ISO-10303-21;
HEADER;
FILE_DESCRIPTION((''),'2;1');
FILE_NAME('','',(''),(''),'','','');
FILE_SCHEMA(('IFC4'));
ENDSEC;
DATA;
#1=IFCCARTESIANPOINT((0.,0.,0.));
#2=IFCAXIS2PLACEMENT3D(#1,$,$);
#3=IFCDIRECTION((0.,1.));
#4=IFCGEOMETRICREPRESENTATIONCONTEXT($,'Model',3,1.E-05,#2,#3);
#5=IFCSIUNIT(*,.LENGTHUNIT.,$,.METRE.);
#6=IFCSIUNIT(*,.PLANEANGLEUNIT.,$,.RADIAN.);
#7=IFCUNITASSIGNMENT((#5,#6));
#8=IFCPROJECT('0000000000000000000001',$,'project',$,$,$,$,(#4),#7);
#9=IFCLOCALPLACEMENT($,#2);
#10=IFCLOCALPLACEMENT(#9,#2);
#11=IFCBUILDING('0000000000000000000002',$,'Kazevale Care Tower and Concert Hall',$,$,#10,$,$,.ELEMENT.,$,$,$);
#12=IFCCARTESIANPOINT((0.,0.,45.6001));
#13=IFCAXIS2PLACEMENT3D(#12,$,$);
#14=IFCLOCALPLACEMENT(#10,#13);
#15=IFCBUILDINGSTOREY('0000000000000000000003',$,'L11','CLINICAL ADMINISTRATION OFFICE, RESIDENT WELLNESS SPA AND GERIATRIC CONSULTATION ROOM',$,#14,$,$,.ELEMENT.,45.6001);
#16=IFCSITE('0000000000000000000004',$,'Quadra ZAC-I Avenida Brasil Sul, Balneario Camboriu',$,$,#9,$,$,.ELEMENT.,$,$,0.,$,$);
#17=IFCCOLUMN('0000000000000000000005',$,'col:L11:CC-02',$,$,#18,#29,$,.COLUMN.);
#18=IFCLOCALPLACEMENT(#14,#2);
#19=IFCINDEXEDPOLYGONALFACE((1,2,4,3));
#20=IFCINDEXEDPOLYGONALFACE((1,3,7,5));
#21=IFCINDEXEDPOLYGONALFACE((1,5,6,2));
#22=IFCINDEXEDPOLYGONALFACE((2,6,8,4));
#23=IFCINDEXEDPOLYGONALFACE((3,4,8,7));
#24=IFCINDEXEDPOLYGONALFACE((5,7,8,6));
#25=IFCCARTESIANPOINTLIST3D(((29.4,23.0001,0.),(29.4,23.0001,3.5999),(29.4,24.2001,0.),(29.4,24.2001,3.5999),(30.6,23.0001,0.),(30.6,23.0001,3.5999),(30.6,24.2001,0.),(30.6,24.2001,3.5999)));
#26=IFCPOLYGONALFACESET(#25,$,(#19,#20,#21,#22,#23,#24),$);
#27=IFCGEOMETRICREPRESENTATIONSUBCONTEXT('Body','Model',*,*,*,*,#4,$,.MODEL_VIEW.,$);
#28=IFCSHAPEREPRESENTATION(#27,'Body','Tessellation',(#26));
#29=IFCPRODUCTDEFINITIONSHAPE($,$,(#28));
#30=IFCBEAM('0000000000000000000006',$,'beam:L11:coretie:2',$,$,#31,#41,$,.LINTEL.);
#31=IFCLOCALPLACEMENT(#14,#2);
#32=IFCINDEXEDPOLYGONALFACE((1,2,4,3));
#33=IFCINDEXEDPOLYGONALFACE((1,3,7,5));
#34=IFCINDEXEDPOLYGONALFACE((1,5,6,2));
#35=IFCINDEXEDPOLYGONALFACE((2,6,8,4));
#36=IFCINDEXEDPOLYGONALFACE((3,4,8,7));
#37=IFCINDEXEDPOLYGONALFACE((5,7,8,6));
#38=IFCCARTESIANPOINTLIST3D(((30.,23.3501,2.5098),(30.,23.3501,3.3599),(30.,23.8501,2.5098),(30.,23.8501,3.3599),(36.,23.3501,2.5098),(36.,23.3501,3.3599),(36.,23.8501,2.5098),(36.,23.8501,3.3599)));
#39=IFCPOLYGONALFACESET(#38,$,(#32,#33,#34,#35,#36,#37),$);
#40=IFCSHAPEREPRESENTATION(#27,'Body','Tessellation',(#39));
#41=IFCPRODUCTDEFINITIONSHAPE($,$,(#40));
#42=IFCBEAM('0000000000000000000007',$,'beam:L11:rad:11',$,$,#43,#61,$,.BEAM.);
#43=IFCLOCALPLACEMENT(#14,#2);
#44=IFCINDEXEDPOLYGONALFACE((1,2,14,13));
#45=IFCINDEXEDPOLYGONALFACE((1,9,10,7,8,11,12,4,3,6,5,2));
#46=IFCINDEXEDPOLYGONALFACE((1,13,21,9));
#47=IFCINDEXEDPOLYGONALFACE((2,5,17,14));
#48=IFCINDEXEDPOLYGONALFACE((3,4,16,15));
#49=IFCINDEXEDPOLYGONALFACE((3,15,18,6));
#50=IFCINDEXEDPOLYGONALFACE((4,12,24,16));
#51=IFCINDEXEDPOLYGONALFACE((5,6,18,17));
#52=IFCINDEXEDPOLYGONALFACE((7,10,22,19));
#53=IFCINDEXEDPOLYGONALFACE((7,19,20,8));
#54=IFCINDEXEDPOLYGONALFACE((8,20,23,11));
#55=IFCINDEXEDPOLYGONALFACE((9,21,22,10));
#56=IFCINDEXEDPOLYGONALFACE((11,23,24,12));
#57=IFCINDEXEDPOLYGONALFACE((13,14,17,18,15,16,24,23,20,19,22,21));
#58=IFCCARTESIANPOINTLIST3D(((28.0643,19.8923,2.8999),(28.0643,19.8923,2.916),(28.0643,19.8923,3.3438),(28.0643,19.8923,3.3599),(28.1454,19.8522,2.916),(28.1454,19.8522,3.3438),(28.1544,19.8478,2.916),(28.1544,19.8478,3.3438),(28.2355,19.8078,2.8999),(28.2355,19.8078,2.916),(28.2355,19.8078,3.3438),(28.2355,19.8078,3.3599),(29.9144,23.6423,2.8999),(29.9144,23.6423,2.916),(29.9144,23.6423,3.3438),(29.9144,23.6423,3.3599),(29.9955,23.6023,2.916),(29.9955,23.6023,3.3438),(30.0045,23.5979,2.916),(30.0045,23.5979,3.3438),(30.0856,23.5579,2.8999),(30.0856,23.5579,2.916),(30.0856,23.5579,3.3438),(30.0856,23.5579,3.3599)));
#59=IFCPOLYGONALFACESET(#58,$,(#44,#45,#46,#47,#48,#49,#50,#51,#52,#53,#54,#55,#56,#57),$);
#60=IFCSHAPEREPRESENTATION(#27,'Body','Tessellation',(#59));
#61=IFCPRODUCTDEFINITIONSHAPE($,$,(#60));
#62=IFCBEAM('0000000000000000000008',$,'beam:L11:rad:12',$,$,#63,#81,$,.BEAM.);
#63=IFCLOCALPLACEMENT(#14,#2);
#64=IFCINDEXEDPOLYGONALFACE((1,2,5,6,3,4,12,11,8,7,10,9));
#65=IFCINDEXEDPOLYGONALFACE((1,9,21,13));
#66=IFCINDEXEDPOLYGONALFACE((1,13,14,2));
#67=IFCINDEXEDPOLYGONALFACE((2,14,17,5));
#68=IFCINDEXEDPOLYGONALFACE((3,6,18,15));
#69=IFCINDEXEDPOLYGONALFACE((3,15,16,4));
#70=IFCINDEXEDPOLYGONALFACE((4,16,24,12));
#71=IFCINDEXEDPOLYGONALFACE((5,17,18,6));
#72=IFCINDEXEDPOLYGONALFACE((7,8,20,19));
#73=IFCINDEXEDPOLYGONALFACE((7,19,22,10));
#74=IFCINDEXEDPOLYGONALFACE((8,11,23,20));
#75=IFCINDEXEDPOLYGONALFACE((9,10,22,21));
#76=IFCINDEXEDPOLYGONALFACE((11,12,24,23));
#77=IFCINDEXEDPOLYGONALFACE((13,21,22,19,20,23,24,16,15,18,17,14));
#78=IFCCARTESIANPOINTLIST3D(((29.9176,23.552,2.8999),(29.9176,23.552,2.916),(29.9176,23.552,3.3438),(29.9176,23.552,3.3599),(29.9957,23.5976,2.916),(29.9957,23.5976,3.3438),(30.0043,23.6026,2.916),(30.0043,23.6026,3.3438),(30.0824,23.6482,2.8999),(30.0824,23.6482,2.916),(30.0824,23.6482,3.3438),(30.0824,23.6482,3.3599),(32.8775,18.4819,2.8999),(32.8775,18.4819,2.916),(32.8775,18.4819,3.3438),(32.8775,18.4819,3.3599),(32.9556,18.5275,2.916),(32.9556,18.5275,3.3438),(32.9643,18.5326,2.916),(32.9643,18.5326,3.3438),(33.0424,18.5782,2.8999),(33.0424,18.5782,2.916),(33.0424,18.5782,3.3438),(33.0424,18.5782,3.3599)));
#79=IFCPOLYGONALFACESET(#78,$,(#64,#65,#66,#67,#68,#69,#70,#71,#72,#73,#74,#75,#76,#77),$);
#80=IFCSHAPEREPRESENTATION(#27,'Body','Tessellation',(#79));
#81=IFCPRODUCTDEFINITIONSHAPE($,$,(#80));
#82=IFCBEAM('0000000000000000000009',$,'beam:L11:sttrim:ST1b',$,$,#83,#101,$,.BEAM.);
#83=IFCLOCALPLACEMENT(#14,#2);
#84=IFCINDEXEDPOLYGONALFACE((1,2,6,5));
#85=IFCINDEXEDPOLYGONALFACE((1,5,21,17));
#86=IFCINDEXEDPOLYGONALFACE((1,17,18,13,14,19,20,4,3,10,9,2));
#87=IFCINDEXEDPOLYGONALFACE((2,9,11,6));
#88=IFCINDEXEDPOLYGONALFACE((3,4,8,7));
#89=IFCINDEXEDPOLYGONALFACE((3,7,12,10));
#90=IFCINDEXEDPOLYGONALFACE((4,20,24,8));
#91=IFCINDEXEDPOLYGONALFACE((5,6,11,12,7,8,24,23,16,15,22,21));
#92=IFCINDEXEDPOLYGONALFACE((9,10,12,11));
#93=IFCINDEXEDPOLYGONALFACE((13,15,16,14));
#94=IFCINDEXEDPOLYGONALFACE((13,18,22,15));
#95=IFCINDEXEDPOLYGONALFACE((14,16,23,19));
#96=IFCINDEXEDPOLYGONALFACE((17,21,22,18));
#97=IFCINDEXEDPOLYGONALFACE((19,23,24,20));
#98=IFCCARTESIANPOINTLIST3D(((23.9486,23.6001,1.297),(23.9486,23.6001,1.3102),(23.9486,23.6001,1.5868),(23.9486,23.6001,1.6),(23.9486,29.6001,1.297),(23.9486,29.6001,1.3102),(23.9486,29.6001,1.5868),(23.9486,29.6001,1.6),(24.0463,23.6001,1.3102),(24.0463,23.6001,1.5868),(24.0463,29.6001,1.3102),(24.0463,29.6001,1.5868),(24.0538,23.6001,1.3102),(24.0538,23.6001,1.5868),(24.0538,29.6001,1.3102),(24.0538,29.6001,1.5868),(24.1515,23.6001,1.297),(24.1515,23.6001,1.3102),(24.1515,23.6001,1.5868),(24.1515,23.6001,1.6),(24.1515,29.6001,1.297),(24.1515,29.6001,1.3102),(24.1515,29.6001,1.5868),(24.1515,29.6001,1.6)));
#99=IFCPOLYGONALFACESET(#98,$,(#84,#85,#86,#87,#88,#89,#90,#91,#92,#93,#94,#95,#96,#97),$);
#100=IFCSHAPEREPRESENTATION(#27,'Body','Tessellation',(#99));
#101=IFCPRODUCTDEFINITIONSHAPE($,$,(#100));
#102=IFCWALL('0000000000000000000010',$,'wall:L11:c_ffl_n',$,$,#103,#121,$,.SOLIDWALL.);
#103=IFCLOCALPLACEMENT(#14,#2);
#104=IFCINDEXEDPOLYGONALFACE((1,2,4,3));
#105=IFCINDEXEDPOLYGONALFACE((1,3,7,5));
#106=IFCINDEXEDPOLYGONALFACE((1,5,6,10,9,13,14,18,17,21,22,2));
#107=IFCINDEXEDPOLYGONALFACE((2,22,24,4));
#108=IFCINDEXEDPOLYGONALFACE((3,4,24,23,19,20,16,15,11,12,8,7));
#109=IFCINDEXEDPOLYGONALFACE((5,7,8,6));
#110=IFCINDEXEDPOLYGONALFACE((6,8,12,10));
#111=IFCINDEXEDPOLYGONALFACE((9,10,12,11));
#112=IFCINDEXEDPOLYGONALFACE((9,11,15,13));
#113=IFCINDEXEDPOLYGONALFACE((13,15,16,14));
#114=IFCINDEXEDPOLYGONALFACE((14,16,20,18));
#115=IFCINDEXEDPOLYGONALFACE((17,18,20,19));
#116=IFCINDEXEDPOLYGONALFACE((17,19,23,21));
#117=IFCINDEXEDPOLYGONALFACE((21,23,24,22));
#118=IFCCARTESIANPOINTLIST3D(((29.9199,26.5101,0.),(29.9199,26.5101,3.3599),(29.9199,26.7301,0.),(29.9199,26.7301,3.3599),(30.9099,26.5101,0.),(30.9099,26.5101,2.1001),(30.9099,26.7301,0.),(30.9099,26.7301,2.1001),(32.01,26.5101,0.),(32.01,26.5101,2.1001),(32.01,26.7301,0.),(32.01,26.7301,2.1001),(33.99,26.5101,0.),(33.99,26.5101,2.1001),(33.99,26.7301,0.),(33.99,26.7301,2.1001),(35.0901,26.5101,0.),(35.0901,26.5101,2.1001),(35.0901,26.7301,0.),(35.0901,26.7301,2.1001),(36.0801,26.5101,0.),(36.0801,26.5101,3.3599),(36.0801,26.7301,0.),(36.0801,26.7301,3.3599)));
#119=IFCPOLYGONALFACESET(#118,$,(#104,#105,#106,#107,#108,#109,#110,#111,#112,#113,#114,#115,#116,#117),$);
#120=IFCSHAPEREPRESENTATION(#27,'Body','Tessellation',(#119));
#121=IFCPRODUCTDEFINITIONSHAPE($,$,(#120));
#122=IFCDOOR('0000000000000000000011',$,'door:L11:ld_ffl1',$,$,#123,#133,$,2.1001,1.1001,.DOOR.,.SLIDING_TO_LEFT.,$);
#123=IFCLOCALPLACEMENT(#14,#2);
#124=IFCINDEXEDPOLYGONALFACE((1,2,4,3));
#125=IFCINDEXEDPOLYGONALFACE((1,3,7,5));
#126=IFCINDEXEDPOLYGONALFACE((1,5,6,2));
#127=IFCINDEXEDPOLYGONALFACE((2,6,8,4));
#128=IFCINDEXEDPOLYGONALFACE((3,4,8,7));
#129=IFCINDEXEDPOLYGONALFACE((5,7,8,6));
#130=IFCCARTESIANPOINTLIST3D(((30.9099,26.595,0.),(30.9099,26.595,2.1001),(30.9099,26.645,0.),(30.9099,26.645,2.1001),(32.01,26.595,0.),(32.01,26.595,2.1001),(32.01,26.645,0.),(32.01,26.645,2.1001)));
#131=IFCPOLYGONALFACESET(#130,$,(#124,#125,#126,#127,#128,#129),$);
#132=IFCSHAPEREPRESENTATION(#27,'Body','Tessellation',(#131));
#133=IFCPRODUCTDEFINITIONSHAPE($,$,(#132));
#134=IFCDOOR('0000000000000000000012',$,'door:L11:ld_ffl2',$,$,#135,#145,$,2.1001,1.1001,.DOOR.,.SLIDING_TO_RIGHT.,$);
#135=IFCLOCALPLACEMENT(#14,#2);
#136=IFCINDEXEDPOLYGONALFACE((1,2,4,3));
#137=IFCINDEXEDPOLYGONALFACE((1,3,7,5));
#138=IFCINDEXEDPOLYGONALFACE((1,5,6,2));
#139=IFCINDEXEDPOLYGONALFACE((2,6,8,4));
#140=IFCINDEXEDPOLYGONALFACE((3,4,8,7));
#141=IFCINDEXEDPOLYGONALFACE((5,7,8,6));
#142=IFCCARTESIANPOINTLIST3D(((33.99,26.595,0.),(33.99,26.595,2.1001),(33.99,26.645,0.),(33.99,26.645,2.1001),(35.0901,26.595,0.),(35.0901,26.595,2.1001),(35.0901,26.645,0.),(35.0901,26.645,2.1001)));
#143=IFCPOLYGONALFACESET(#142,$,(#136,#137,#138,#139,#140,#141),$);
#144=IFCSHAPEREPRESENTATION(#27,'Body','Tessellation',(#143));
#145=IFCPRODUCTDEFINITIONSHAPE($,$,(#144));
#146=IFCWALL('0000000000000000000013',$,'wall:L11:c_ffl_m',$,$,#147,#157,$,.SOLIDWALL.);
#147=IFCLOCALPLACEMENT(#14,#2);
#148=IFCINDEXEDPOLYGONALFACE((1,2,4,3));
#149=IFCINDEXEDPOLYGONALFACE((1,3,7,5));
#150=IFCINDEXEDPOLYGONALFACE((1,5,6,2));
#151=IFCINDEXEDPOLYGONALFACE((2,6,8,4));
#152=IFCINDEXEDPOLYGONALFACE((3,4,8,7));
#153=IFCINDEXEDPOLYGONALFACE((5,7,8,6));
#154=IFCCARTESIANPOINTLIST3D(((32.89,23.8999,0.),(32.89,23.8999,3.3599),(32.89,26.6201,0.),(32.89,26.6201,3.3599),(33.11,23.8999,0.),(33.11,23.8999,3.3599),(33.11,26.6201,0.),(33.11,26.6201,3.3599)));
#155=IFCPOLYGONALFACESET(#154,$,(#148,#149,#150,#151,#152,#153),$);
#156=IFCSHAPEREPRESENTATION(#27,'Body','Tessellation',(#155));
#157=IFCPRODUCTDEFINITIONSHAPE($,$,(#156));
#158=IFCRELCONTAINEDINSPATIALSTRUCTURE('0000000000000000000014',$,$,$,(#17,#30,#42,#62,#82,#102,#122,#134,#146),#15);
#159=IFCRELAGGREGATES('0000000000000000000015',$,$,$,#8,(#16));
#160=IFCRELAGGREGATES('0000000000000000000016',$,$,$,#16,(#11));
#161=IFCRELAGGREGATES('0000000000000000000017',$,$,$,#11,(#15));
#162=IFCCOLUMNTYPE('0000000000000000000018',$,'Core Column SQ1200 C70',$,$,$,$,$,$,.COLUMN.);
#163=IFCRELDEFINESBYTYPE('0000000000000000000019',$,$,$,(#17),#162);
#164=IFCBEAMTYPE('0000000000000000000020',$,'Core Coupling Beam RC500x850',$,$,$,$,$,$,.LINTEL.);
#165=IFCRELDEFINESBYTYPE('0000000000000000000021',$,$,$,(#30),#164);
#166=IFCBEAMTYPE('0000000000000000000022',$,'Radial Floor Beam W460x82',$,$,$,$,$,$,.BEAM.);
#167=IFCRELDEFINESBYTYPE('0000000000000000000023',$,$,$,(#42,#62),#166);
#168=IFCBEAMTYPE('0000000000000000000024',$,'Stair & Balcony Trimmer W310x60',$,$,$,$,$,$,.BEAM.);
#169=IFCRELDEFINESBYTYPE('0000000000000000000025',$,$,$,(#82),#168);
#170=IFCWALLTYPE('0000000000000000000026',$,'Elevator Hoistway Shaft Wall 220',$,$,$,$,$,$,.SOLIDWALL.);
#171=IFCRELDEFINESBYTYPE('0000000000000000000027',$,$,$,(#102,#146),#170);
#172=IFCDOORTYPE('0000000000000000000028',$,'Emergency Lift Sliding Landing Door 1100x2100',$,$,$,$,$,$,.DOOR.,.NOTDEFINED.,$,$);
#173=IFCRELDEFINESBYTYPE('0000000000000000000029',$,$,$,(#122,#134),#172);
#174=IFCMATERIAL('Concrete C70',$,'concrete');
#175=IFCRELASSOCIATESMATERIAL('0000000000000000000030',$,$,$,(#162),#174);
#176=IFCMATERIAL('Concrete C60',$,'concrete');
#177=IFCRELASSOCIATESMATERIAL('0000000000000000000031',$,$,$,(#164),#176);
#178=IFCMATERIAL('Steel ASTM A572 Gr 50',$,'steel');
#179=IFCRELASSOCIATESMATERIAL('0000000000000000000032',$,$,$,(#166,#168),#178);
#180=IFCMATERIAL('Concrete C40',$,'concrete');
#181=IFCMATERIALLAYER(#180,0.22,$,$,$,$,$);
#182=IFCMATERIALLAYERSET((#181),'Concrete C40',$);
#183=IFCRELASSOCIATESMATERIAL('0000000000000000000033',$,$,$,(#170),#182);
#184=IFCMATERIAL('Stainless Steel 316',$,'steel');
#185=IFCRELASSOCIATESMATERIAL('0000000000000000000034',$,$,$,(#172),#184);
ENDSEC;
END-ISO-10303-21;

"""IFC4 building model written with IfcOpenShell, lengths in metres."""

from ifc_helpers import new_model, si_unit, direction, frame, frame_2d, origin, origin_2d, place, context, subcontext, project, spatial, rectangle, i_section, extrude, material, layer, layer_set, material_profile, profile_set, type_object, element, fill, save


model = new_model("IFC4")

# Units and contexts
model_context = context("Model", 3, precision=1e-05, world=origin(), true_north=direction((0.0, 1.0)))
body_context = subcontext(model_context, "Body", "Model", "MODEL_VIEW")
ifc_project = project(units=[si_unit("LENGTHUNIT", "METRE"), si_unit("PLANEANGLEUNIT", "RADIAN")], contexts=[model_context])

# Site, building, storey
site_placement = place(None, origin())
site = spatial("IfcSite", under=ifc_project, at=site_placement, Name="Quadra ZAC-I Avenida Brasil Sul, Balneario Camboriu", CompositionType="ELEMENT", RefElevation=0.0)
building_placement = place(site_placement, origin())
building = spatial("IfcBuilding", under=site, at=building_placement, Name="Kazevale Care Tower and Concert Hall", CompositionType="ELEMENT")
storey_placement = place(building_placement, frame((0.0, 0.0, 45.6001)))
storey = spatial("IfcBuildingStorey", under=building, at=storey_placement, Name="L11", Description="CLINICAL ADMINISTRATION OFFICE, RESIDENT WELLNESS SPA AND GERIATRIC CONSULTATION ROOM", CompositionType="ELEMENT", Elevation=45.6001)

# Column
ifc_material_1 = material(Name="Concrete C70", Category="concrete")
ifc_material_profile_1 = material_profile(ifc_material_1, rectangle(XDim=1.2, YDim=1.2, at=origin_2d()), Name="RC-SQ1200")
ifc_profile_set_1 = profile_set([ifc_material_profile_1], Name="Concrete C70")
column_type = type_object("IfcColumnType", Name="Core Column SQ1200 C70", PredefinedType="COLUMN", material=ifc_profile_set_1)
column_placement = place(storey_placement, frame((30.0, 23.6001, 0.0), z_axis=(0.0, 0.0, 1.0), x_axis=(1.0, 0.0, 0.0)))
element("IfcColumn", 1, at=column_placement, inside=storey, type_object=column_type, Name="col:L11:CC-02", PredefinedType="COLUMN", context=body_context, shape_type="SweptSolid", body=[
    extrude(rectangle(XDim=1.2, YDim=1.2, at=origin_2d()), origin(), (0.0, 0.0, 1.0), 3.5999),
])

# Beams
ifc_material_2 = material(Name="Concrete C60", Category="concrete")
ifc_material_profile_2 = material_profile(ifc_material_2, rectangle(XDim=0.5, YDim=0.8501, at=origin_2d()), Name="RC-B500x850")
ifc_profile_set_2 = profile_set([ifc_material_profile_2], Name="Concrete C60")
beam_type_1 = type_object("IfcBeamType", Name="Core Coupling Beam RC500x850", PredefinedType="LINTEL", material=ifc_profile_set_2)
beam_1_placement = place(storey_placement, frame((30.0, 23.6001, 2.9348), z_axis=(1.0, 0.0, 0.0), x_axis=(0.0, 1.0, 0.0)))
element("IfcBeam", 2, at=beam_1_placement, inside=storey, type_object=beam_type_1, Name="beam:L11:coretie:2", PredefinedType="LINTEL", context=body_context, shape_type="SweptSolid", body=[
    extrude(rectangle(XDim=0.5, YDim=0.8501, at=origin_2d()), origin(), (0.0, 0.0, 1.0), 6.0),
])
ifc_material_3 = material(Name="Steel ASTM A572 Gr 50", Category="steel")
ifc_material_profile_3 = material_profile(ifc_material_3, i_section(OverallWidth=0.1909, OverallDepth=0.46, WebThickness=0.01, FlangeThickness=0.0161, at=origin_2d()), Name="W460x82")
ifc_profile_set_3 = profile_set([ifc_material_profile_3], Name="Steel ASTM A572 Gr 50")
beam_type_2 = type_object("IfcBeamType", Name="Radial Floor Beam W460x82", PredefinedType="BEAM", material=ifc_profile_set_3)
beam_2_placement = place(storey_placement, frame((30.0, 23.6001, 3.1299), z_axis=(-0.442443, -0.896797, 0.0), x_axis=(0.896797, -0.442443, 0.0)))
element("IfcBeam", 3, at=beam_2_placement, inside=storey, type_object=beam_type_2, Name="beam:L11:rad:11", PredefinedType="BEAM", context=body_context, shape_type="SweptSolid", body=[
    extrude(i_section(OverallWidth=0.1909, OverallDepth=0.46, WebThickness=0.01, FlangeThickness=0.0161, at=origin_2d()), origin(), (0.0, 0.0, 1.0), 4.1816),
])
beam_3_placement = place(storey_placement, frame((30.0, 23.6001, 3.1299), z_axis=(0.504179, -0.863599, 0.0), x_axis=(0.863599, 0.504179, 0.0)))
element("IfcBeam", 4, at=beam_3_placement, inside=storey, type_object=beam_type_2, Name="beam:L11:rad:12", PredefinedType="BEAM", context=body_context, shape_type="SweptSolid", body=[
    extrude(i_section(OverallWidth=0.1909, OverallDepth=0.46, WebThickness=0.01, FlangeThickness=0.0161, at=origin_2d()), origin(), (0.0, 0.0, 1.0), 5.8708),
])
ifc_material_profile_4 = material_profile(ifc_material_3, i_section(OverallWidth=0.2029, OverallDepth=0.303, WebThickness=0.0076, FlangeThickness=0.0132, at=origin_2d()), Name="W310x60")
ifc_profile_set_4 = profile_set([ifc_material_profile_4], Name="Steel ASTM A572 Gr 50")
beam_type_3 = type_object("IfcBeamType", Name="Stair & Balcony Trimmer W310x60", PredefinedType="BEAM", material=ifc_profile_set_4)
beam_4_placement = place(storey_placement, frame((24.05, 23.6001, 1.4485), z_axis=(0.0, 1.0, 0.0), x_axis=(-1.0, 0.0, 0.0)))
element("IfcBeam", 5, at=beam_4_placement, inside=storey, type_object=beam_type_3, Name="beam:L11:sttrim:ST1b", PredefinedType="BEAM", context=body_context, shape_type="SweptSolid", body=[
    extrude(i_section(OverallWidth=0.2029, OverallDepth=0.303, WebThickness=0.0076, FlangeThickness=0.0132, at=origin_2d()), origin(), (0.0, 0.0, 1.0), 6.0),
])

# Wall, openings, doors
ifc_material_4 = material(Name="Concrete C40", Category="concrete")
ifc_layer_1 = layer(ifc_material_4, 0.22)
ifc_layer_set_1 = layer_set([ifc_layer_1], Name="Concrete C40")
wall_type_1 = type_object("IfcWallType", Name="Elevator Hoistway Shaft Wall 220", PredefinedType="SOLIDWALL", material=ifc_layer_set_1)
wall_1_placement = place(storey_placement, frame((29.9199, 26.6201, 0.0), z_axis=(0.0, 0.0, 1.0), x_axis=(1.0, 0.0, 0.0)))
wall_1 = element("IfcWall", 6, at=wall_1_placement, inside=storey, type_object=wall_type_1, Name="wall:L11:c_ffl_n", PredefinedType="SOLIDWALL", context=body_context, shape_type="SweptSolid", body=[
    extrude(rectangle(XDim=6.1602, YDim=0.22, at=frame_2d((3.0801, 0.0))), origin(), (0.0, 0.0, 1.0), 3.3599),
])
opening_1_placement = place(wall_1_placement, frame((0.99, 0.0, 0.0)))
opening_1 = element("IfcOpeningElement", 7, at=opening_1_placement, cuts=wall_1, PredefinedType="OPENING", context=body_context, shape_type="SweptSolid", body=[
    extrude(rectangle(XDim=1.1001, YDim=2.1001, at=frame_2d((0.55, 1.05))), frame((0.0, 0.1199, 0.0), z_axis=(0.0, -1.0, 0.0), x_axis=(1.0, 0.0, 0.0)), (0.0, 0.0, 1.0), 0.24),
])
opening_2_placement = place(wall_1_placement, frame((4.0701, 0.0, 0.0)))
opening_2 = element("IfcOpeningElement", 8, at=opening_2_placement, cuts=wall_1, PredefinedType="OPENING", context=body_context, shape_type="SweptSolid", body=[
    extrude(rectangle(XDim=1.1001, YDim=2.1001, at=frame_2d((0.55, 1.05))), frame((0.0, 0.1199, 0.0), z_axis=(0.0, -1.0, 0.0), x_axis=(1.0, 0.0, 0.0)), (0.0, 0.0, 1.0), 0.24),
])
ifc_material_5 = material(Name="Stainless Steel 316", Category="steel")
door_type_1 = type_object("IfcDoorType", Name="Emergency Lift Sliding Landing Door 1100x2100", OperationType="NOTDEFINED", PredefinedType="DOOR", material=ifc_material_5)
door_1_placement = place(opening_1_placement, origin())
door_1 = element("IfcDoor", 9, at=door_1_placement, inside=storey, type_object=door_type_1, Name="door:L11:ld_ffl1", OperationType="SLIDING_TO_LEFT", OverallHeight=2.1001, OverallWidth=1.1001, PredefinedType="DOOR", context=body_context, shape_type="SweptSolid", body=[
    extrude(rectangle(XDim=1.1001, YDim=2.1001, at=frame_2d((0.55, 1.05))), frame((0.0, 0.0249, 0.0), z_axis=(0.0, -1.0, 0.0), x_axis=(1.0, 0.0, 0.0)), (0.0, 0.0, 1.0), 0.05),
])
fill(opening_1, door_1)
door_2_placement = place(opening_2_placement, origin())
door_2 = element("IfcDoor", 10, at=door_2_placement, inside=storey, type_object=door_type_1, Name="door:L11:ld_ffl2", OperationType="SLIDING_TO_RIGHT", OverallHeight=2.1001, OverallWidth=1.1001, PredefinedType="DOOR", context=body_context, shape_type="SweptSolid", body=[
    extrude(rectangle(XDim=1.1001, YDim=2.1001, at=frame_2d((0.55, 1.05))), frame((0.0, 0.0249, 0.0), z_axis=(0.0, -1.0, 0.0), x_axis=(1.0, 0.0, 0.0)), (0.0, 0.0, 1.0), 0.05),
])
fill(opening_2, door_2)

# Wall
wall_2_placement = place(storey_placement, frame((33.0, 23.8999, 0.0), z_axis=(0.0, 0.0, 1.0), x_axis=(0.0, 1.0, 0.0)))
element("IfcWall", 11, at=wall_2_placement, inside=storey, type_object=wall_type_1, Name="wall:L11:c_ffl_m", PredefinedType="SOLIDWALL", context=body_context, shape_type="SweptSolid", body=[
    extrude(rectangle(XDim=2.7202, YDim=0.22, at=frame_2d((1.3601, 0.0))), origin(), (0.0, 0.0, 1.0), 3.3599),
])

save(model, "model.ifc")
